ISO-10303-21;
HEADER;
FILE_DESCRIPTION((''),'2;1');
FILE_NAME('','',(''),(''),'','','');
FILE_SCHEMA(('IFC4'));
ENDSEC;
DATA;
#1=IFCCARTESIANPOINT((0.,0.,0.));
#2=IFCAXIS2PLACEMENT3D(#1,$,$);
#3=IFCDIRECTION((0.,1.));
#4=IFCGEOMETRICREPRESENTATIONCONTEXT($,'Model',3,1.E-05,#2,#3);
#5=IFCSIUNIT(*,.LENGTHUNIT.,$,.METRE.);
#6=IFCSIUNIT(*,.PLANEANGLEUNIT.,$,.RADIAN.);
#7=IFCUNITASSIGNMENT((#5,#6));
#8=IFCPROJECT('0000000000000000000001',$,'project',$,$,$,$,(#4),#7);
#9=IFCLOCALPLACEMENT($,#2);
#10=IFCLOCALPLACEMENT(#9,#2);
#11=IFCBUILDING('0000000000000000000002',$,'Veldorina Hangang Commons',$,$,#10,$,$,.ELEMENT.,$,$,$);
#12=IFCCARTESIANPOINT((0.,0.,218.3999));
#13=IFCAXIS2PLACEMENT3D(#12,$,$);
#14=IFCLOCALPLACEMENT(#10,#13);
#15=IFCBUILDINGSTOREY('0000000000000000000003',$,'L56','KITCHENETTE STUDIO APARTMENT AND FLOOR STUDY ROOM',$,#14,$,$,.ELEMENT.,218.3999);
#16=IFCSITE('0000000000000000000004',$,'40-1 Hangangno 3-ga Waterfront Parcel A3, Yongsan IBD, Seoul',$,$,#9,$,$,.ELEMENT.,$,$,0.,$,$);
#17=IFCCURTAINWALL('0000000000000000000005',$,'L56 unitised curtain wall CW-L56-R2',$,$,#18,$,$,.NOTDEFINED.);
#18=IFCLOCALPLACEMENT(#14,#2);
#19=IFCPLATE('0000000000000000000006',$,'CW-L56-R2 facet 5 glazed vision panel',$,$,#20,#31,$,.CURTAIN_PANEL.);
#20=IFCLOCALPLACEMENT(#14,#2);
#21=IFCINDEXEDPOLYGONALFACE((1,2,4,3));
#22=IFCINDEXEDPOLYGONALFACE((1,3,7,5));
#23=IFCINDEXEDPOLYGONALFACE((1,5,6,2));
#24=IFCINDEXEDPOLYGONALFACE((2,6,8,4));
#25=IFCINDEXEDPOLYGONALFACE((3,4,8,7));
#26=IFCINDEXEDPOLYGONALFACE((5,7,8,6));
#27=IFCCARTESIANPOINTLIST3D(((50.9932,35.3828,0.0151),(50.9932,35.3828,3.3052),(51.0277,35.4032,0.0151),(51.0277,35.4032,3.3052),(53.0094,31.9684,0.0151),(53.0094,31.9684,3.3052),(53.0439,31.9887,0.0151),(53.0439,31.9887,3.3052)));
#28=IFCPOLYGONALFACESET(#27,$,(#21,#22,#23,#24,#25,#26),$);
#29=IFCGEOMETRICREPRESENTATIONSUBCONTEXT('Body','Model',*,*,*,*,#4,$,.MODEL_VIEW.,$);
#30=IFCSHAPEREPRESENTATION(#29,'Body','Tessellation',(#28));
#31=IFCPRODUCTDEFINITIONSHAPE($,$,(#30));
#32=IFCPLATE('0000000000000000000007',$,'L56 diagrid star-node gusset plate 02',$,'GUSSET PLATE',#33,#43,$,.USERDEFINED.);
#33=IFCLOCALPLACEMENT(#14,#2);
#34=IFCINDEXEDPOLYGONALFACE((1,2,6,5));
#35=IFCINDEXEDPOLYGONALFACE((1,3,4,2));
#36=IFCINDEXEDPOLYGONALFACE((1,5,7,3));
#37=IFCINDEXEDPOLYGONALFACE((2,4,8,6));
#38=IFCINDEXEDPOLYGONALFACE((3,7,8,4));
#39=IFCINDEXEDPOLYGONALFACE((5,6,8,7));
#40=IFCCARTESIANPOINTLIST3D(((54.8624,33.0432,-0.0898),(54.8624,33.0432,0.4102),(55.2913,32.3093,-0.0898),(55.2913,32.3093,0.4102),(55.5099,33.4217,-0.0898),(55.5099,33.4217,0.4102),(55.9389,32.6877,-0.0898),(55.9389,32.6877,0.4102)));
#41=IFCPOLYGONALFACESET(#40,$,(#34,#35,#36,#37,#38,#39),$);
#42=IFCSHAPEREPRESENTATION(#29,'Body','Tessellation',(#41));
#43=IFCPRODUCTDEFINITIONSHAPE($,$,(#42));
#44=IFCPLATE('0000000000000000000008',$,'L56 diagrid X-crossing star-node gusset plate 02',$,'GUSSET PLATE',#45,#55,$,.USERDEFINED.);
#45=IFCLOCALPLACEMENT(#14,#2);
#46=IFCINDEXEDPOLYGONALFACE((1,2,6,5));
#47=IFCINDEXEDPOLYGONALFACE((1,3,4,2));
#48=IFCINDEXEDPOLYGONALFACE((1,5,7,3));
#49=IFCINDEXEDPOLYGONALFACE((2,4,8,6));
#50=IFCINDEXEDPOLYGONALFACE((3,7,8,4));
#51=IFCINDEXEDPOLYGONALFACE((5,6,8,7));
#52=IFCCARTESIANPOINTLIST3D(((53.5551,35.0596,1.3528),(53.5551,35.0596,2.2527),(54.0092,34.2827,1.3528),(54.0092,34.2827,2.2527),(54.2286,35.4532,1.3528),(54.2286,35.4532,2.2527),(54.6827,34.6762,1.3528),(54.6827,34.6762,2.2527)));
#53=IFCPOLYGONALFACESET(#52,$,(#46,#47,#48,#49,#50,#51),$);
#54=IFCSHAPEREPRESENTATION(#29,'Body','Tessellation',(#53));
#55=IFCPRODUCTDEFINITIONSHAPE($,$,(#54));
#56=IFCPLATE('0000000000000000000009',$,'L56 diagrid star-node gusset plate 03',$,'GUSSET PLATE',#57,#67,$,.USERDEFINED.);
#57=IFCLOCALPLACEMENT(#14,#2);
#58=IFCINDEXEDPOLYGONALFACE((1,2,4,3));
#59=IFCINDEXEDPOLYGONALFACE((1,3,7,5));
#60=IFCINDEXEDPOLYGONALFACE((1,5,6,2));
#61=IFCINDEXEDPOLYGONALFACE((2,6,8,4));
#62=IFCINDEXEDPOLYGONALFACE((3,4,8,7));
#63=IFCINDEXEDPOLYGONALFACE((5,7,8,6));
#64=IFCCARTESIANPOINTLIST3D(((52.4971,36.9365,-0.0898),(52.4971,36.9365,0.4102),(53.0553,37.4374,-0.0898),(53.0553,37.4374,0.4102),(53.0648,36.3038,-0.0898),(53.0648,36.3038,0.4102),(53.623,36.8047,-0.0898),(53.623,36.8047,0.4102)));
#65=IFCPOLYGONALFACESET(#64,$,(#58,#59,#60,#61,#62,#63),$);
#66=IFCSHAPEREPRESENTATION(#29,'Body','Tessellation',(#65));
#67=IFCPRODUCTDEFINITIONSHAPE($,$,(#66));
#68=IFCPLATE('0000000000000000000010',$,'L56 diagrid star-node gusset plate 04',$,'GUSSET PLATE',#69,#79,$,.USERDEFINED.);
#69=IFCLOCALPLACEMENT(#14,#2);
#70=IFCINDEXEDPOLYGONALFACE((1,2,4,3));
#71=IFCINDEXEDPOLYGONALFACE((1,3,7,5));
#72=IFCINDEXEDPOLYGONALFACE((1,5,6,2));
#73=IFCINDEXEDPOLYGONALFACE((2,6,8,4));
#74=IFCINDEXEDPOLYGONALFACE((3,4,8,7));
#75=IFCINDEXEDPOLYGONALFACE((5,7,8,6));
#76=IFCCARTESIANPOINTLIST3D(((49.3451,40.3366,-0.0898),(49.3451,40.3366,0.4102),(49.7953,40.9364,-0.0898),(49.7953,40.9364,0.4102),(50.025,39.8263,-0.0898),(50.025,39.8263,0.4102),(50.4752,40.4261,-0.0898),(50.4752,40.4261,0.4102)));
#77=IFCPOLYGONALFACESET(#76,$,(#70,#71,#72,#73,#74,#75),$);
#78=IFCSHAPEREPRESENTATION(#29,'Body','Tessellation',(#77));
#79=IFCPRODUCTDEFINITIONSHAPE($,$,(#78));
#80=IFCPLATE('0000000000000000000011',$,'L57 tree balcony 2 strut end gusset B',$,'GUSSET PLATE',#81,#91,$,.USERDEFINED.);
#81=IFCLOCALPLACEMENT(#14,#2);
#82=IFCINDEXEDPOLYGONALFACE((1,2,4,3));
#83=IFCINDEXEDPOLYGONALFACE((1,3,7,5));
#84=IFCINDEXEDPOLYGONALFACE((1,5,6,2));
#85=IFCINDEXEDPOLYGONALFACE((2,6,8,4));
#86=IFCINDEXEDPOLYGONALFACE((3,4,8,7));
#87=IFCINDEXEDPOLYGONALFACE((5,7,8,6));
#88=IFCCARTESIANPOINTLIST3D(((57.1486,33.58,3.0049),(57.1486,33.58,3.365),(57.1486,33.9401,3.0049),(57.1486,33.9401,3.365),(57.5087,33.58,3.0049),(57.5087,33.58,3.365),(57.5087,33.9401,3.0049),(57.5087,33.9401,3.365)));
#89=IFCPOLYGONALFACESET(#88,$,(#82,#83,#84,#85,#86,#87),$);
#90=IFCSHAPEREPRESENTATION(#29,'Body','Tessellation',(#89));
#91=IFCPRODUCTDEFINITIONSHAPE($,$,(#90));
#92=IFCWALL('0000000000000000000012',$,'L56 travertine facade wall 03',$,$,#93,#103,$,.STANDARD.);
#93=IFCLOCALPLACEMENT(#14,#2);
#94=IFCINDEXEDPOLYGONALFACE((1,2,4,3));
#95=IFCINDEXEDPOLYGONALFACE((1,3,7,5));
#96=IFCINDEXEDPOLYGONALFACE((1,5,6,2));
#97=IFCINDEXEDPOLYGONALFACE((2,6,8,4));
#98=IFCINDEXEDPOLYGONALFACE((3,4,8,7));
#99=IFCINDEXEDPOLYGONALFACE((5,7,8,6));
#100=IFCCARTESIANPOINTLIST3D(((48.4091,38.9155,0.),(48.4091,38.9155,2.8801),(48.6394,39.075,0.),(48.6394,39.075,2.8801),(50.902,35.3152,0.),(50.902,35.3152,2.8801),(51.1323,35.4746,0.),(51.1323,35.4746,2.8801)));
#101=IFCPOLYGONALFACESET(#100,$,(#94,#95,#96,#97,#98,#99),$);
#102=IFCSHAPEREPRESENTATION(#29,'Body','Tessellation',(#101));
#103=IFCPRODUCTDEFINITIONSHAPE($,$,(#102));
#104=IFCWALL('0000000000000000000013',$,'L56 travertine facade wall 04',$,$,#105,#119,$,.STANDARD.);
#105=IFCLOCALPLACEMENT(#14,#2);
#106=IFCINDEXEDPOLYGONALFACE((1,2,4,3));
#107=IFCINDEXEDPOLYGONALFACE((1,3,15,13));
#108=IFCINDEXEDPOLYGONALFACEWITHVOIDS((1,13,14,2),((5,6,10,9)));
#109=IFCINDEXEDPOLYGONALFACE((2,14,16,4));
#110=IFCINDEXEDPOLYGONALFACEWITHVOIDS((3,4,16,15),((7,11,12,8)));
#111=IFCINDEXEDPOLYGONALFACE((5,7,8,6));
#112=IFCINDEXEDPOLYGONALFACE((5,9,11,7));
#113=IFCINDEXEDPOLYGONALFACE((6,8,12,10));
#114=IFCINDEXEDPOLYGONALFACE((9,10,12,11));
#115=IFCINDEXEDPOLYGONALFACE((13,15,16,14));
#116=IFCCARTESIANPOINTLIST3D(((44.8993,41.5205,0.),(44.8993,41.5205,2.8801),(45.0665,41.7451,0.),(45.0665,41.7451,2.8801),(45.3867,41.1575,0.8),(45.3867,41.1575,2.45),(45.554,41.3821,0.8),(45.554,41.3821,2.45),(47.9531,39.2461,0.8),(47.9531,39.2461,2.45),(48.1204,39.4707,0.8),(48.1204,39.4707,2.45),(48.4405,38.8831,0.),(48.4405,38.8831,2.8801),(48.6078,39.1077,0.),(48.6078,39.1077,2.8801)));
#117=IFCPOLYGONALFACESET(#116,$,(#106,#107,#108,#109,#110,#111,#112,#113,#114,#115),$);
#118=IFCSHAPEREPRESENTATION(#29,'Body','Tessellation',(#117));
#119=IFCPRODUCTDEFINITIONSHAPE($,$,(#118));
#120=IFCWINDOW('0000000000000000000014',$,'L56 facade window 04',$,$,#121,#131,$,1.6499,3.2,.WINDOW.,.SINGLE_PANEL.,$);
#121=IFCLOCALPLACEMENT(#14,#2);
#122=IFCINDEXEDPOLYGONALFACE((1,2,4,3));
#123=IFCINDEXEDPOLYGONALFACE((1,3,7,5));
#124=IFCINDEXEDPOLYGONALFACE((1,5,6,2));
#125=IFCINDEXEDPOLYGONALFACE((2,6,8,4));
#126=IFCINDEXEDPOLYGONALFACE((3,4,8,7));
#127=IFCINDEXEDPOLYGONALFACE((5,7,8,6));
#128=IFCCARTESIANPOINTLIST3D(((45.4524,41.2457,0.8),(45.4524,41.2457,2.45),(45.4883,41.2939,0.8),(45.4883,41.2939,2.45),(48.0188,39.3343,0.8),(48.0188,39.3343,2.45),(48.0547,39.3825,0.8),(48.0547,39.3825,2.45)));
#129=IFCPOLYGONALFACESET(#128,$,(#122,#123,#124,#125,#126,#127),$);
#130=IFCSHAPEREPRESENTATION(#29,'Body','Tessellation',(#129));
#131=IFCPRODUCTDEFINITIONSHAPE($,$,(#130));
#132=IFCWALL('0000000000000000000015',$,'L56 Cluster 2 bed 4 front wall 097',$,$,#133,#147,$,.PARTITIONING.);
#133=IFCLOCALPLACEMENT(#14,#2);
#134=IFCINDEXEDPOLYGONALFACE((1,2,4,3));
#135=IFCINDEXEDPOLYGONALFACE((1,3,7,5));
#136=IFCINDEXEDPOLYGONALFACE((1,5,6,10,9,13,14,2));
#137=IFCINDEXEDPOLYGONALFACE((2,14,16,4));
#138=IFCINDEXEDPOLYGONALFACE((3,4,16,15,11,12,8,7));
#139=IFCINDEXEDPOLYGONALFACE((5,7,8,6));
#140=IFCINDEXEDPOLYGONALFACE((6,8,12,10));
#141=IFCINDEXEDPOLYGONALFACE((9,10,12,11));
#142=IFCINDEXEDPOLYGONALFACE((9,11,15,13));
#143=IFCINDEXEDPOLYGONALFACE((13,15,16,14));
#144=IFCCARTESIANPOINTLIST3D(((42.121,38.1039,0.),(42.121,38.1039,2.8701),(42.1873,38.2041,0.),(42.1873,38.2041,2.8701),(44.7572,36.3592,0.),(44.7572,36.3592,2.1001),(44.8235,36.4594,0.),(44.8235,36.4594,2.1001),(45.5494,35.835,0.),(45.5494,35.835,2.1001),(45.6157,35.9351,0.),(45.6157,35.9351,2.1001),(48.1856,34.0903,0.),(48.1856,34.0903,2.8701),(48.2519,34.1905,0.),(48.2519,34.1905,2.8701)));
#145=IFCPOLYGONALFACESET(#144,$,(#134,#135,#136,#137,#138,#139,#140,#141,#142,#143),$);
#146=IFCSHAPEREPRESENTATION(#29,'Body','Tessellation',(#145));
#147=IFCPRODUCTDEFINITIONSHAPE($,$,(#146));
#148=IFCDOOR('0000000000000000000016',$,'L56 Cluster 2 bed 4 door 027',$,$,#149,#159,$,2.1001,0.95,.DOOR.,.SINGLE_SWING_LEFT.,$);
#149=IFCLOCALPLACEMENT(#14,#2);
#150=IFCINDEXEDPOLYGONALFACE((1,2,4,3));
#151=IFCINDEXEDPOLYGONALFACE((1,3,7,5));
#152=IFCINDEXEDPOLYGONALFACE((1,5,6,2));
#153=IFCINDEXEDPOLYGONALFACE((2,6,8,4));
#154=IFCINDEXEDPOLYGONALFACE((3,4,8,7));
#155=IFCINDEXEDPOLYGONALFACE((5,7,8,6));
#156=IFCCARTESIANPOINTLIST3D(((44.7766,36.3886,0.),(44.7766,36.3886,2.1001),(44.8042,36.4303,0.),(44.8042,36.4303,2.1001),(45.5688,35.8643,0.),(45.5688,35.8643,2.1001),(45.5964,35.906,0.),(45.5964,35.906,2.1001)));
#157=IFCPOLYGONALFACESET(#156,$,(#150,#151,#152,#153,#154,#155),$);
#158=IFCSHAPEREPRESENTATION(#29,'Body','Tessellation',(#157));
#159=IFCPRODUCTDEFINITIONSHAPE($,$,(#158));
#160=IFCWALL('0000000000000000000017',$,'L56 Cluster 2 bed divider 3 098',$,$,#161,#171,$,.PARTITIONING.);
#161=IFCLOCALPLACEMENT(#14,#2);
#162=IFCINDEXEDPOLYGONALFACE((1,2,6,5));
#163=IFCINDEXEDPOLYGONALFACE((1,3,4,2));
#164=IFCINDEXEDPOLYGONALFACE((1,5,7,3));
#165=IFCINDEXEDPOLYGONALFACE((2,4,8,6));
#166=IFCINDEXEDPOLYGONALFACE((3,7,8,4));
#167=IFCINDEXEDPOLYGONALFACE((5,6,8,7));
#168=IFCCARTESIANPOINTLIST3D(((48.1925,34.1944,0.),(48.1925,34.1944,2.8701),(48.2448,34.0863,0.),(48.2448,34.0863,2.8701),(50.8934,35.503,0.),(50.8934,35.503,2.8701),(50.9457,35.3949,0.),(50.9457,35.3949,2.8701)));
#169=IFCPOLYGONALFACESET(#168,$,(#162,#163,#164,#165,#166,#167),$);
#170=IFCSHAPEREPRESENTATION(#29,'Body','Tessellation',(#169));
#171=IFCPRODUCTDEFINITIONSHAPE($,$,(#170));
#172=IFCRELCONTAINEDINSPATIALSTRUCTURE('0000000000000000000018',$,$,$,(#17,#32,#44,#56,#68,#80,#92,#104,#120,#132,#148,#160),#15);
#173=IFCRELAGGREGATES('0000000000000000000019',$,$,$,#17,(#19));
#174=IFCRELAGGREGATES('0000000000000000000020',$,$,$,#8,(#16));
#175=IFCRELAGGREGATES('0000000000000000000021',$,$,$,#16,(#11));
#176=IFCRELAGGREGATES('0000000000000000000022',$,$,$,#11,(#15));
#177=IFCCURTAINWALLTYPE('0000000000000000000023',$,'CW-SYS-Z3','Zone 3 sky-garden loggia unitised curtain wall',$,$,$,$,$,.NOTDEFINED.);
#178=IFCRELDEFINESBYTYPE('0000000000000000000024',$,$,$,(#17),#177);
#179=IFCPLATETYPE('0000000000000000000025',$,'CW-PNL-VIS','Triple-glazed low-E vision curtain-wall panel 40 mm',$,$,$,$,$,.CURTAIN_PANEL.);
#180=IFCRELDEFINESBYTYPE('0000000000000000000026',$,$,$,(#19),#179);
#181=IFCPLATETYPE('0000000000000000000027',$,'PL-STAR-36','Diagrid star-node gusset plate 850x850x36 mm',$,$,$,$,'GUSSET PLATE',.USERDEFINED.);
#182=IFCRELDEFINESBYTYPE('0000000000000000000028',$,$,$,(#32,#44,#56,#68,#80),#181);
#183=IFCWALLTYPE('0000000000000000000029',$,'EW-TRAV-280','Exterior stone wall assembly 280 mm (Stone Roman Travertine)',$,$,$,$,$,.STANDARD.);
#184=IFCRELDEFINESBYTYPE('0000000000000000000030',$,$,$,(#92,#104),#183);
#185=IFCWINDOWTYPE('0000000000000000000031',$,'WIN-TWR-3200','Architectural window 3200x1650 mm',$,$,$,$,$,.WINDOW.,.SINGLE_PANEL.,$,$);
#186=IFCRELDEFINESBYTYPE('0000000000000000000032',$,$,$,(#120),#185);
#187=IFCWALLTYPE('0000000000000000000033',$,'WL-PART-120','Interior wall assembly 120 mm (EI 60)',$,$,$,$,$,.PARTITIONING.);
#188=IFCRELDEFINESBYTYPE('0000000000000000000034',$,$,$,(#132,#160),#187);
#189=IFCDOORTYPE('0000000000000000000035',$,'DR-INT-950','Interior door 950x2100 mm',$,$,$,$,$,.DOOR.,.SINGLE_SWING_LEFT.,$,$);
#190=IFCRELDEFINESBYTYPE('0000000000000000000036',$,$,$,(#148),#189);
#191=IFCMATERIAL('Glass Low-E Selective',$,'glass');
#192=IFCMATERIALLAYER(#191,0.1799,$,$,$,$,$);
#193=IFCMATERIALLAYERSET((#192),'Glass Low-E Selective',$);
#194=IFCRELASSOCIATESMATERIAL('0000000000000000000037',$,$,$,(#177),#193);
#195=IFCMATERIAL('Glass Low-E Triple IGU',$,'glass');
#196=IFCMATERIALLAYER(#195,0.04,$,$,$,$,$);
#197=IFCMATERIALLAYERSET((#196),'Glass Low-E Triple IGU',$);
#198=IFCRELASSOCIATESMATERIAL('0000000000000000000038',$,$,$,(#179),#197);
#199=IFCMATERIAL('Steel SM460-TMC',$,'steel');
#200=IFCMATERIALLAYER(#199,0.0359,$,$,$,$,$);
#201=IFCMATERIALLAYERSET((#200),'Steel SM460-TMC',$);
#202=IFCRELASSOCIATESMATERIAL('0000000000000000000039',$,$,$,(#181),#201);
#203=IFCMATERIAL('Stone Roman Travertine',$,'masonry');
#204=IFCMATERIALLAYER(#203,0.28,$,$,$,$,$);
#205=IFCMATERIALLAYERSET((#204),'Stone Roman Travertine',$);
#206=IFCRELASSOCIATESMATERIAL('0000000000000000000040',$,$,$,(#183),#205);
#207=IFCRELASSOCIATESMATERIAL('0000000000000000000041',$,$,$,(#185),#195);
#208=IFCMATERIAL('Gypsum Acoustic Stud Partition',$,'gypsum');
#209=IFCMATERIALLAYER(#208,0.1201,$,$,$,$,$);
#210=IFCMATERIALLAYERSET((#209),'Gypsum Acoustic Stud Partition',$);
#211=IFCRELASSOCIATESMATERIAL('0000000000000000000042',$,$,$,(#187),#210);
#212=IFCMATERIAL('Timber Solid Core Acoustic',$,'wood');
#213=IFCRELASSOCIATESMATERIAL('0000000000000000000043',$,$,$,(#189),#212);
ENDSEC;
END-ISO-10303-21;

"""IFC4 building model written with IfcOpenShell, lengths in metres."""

from ifc_helpers import new_model, si_unit, direction, frame, frame_2d, origin, origin_2d, place, context, subcontext, project, spatial, rectangle, extrude, material, layer, layer_set, type_object, element, fill, aggregate, save


model = new_model("IFC4")

# Units and contexts
model_context = context("Model", 3, precision=1e-05, world=origin(), true_north=direction((0.0, 1.0)))
body_context = subcontext(model_context, "Body", "Model", "MODEL_VIEW")
ifc_project = project(units=[si_unit("LENGTHUNIT", "METRE"), si_unit("PLANEANGLEUNIT", "RADIAN")], contexts=[model_context])

# Site, building, storey
site_placement = place(None, origin())
site = spatial("IfcSite", under=ifc_project, at=site_placement, Name="40-1 Hangangno 3-ga Waterfront Parcel A3, Yongsan IBD, Seoul", CompositionType="ELEMENT", RefElevation=0.0)
building_placement = place(site_placement, origin())
building = spatial("IfcBuilding", under=site, at=building_placement, Name="Veldorina Hangang Commons", CompositionType="ELEMENT")
storey_placement = place(building_placement, frame((0.0, 0.0, 218.3999)))
storey = spatial("IfcBuildingStorey", under=building, at=storey_placement, Name="L56", Description="KITCHENETTE STUDIO APARTMENT AND FLOOR STUDY ROOM", CompositionType="ELEMENT", Elevation=218.3999)

# Curtain wall
ifc_material_1 = material(Name="Glass Low-E Selective", Category="glass")
ifc_layer_1 = layer(ifc_material_1, 0.1799)
ifc_layer_set_1 = layer_set([ifc_layer_1], Name="Glass Low-E Selective")
curtain_wall_type = type_object("IfcCurtainWallType", Name="CW-SYS-Z3", Description="Zone 3 sky-garden loggia unitised curtain wall", PredefinedType="NOTDEFINED", material=ifc_layer_set_1)
curtain_wall_placement = place(storey_placement, origin())
curtain_wall = element("IfcCurtainWall", 1, at=curtain_wall_placement, inside=storey, type_object=curtain_wall_type, Name="L56 unitised curtain wall CW-L56-R2", PredefinedType="NOTDEFINED")

# Plate
ifc_material_2 = material(Name="Glass Low-E Triple IGU", Category="glass")
ifc_layer_2 = layer(ifc_material_2, 0.04)
ifc_layer_set_2 = layer_set([ifc_layer_2], Name="Glass Low-E Triple IGU")
plate_type_1 = type_object("IfcPlateType", Name="CW-PNL-VIS", Description="Triple-glazed low-E vision curtain-wall panel 40 mm", PredefinedType="CURTAIN_PANEL", material=ifc_layer_set_2)
plate_1_placement = place(storey_placement, frame((52.0186, 33.6858, 0.0151), z_axis=(0.0, 0.0, 1.0), x_axis=(-0.50847, 0.861079, 0.0)))
plate_1 = element("IfcPlate", 2, at=plate_1_placement, type_object=plate_type_1, Name="CW-L56-R2 facet 5 glazed vision panel", PredefinedType="CURTAIN_PANEL", context=body_context, shape_type="SweptSolid", body=[
    extrude(rectangle(XDim=3.9653, YDim=0.04, at=origin_2d()), origin(), (0.0, 0.0, 1.0), 3.29),
])
aggregate(curtain_wall, [plate_1])

# Plates
ifc_material_3 = material(Name="Steel SM460-TMC", Category="steel")
ifc_layer_3 = layer(ifc_material_3, 0.0359)
ifc_layer_set_3 = layer_set([ifc_layer_3], Name="Steel SM460-TMC")
plate_type_2 = type_object("IfcPlateType", Name="PL-STAR-36", Description="Diagrid star-node gusset plate 850x850x36 mm", ElementType="GUSSET PLATE", PredefinedType="USERDEFINED", material=ifc_layer_set_3)
plate_2_placement = place(storey_placement, frame((55.4006, 32.8655, -0.0898), z_axis=(0.0, 0.0, 1.0), x_axis=(-0.504573, 0.863369, 0.0)))
element("IfcPlate", 3, at=plate_2_placement, inside=storey, type_object=plate_type_2, Name="L56 diagrid star-node gusset plate 02", ObjectType="GUSSET PLATE", PredefinedType="USERDEFINED", context=body_context, shape_type="SweptSolid", body=[
    extrude(rectangle(XDim=0.8501, YDim=0.75, at=origin_2d()), origin(), (0.0, 0.0, 1.0), 0.5),
])
plate_3_placement = place(storey_placement, frame((54.1189, 34.8679, 1.3528), z_axis=(0.0, 0.0, 1.0), x_axis=(-0.504573, 0.863369, 0.0)))
element("IfcPlate", 4, at=plate_3_placement, inside=storey, type_object=plate_type_2, Name="L56 diagrid X-crossing star-node gusset plate 02", ObjectType="GUSSET PLATE", PredefinedType="USERDEFINED", context=body_context, shape_type="SweptSolid", body=[
    extrude(rectangle(XDim=0.8999, YDim=0.78, at=origin_2d()), origin(), (0.0, 0.0, 1.0), 0.8999),
])
for number, where, z_axis, x_axis, name in (
    (5, (53.0601, 36.8706, -0.0898), (0.0, 0.0, 1.0), (-0.667833, 0.744312, 0.0), "L56 diagrid star-node gusset plate 03"),
    (6, (49.9102, 40.3813, -0.0898), (0.0, 0.0, 1.0), (-0.799758, 0.600323, 0.0), "L56 diagrid star-node gusset plate 04"),
):
    element("IfcPlate", number, at=place(storey_placement, frame(where, z_axis=z_axis, x_axis=x_axis)), inside=storey, type_object=plate_type_2, Name=name, ObjectType="GUSSET PLATE", PredefinedType="USERDEFINED", context=body_context, shape_type="SweptSolid", body=[
        extrude(rectangle(XDim=0.8501, YDim=0.75, at=origin_2d()), origin(), (0.0, 0.0, 1.0), 0.5),
    ])
plate_4_placement = place(storey_placement, frame((57.3286, 33.76, 3.0049), z_axis=(0.0, 0.0, 1.0), x_axis=(1.0, 0.0, 0.0)))
element("IfcPlate", 7, at=plate_4_placement, inside=storey, type_object=plate_type_2, Name="L57 tree balcony 2 strut end gusset B", ObjectType="GUSSET PLATE", PredefinedType="USERDEFINED", context=body_context, shape_type="SweptSolid", body=[
    extrude(rectangle(XDim=0.3601, YDim=0.3601, at=origin_2d()), origin(), (0.0, 0.0, 1.0), 0.3601),
])

# Wall
ifc_material_4 = material(Name="Stone Roman Travertine", Category="masonry")
ifc_layer_4 = layer(ifc_material_4, 0.28)
ifc_layer_set_4 = layer_set([ifc_layer_4], Name="Stone Roman Travertine")
wall_type_1 = type_object("IfcWallType", Name="EW-TRAV-280", Description="Exterior stone wall assembly 280 mm (Stone Roman Travertine)", PredefinedType="STANDARD", material=ifc_layer_set_4)
wall_1_placement = place(storey_placement, frame((51.0171, 35.395, 0.0), z_axis=(0.0, 0.0, 1.0), x_axis=(-0.569268, 0.822152, 0.0)))
element("IfcWall", 8, at=wall_1_placement, inside=storey, type_object=wall_type_1, Name="L56 travertine facade wall 03", PredefinedType="STANDARD", context=body_context, shape_type="SweptSolid", body=[
    extrude(rectangle(XDim=4.3792, YDim=0.28, at=frame_2d((2.1895, 0.0))), origin(), (0.0, 0.0, 1.0), 2.8801),
])

# Wall, opening, window
wall_2_placement = place(storey_placement, frame((48.5242, 38.9954, 0.0), z_axis=(0.0, 0.0, 1.0), x_axis=(-0.802006, 0.597316, 0.0)))
wall_2 = element("IfcWall", 9, at=wall_2_placement, inside=storey, type_object=wall_type_1, Name="L56 travertine facade wall 04", PredefinedType="STANDARD", context=body_context, shape_type="SweptSolid", body=[
    extrude(rectangle(XDim=4.4155, YDim=0.28, at=frame_2d((2.2078, 0.0))), origin(), (0.0, 0.0, 1.0), 2.8801),
])
opening_1_placement = place(wall_2_placement, frame((0.6077, 0.0, 0.8)))
opening_1 = element("IfcOpeningElement", 10, at=opening_1_placement, cuts=wall_2, PredefinedType="OPENING", context=body_context, shape_type="SweptSolid", body=[
    extrude(rectangle(XDim=3.2, YDim=1.6499, at=frame_2d((1.6001, 0.825))), frame((0.0, 0.1499, 0.0), z_axis=(0.0, -1.0, 0.0), x_axis=(1.0, 0.0, 0.0)), (0.0, 0.0, 1.0), 0.3),
])
window_type = type_object("IfcWindowType", Name="WIN-TWR-3200", Description="Architectural window 3200x1650 mm", PartitioningType="SINGLE_PANEL", PredefinedType="WINDOW", material=ifc_material_2)
window_placement = place(opening_1_placement, origin())
window = element("IfcWindow", 11, at=window_placement, inside=storey, type_object=window_type, Name="L56 facade window 04", OverallHeight=1.6499, OverallWidth=3.2, PartitioningType="SINGLE_PANEL", PredefinedType="WINDOW", context=body_context, shape_type="SweptSolid", body=[
    extrude(rectangle(XDim=3.2, YDim=1.6499, at=frame_2d((1.6001, 0.825))), frame((0.0, 0.03, 0.0), z_axis=(0.0, -1.0, 0.0), x_axis=(1.0, 0.0, 0.0)), (0.0, 0.0, 1.0), 0.0601),
])
fill(opening_1, window)

# Wall, opening, door
ifc_material_5 = material(Name="Gypsum Acoustic Stud Partition", Category="gypsum")
ifc_layer_5 = layer(ifc_material_5, 0.1201)
ifc_layer_set_5 = layer_set([ifc_layer_5], Name="Gypsum Acoustic Stud Partition")
wall_type_2 = type_object("IfcWallType", Name="WL-PART-120", Description="Interior wall assembly 120 mm (EI 60)", PredefinedType="PARTITIONING", material=ifc_layer_set_5)
wall_3_placement = place(storey_placement, frame((48.2188, 34.1404, 0.0), z_axis=(0.0, 0.0, 1.0), x_axis=(-0.833915, 0.551893, 0.0)))
wall_3 = element("IfcWall", 12, at=wall_3_placement, inside=storey, type_object=wall_type_2, Name="L56 Cluster 2 bed 4 front wall 097", PredefinedType="PARTITIONING", context=body_context, shape_type="SweptSolid", body=[
    extrude(rectangle(XDim=7.2725, YDim=0.1201, at=frame_2d((3.6362, 0.0))), origin(), (0.0, 0.0, 1.0), 2.8701),
])
opening_2_placement = place(wall_3_placement, frame((3.1611, 0.0, 0.0)))
opening_2 = element("IfcOpeningElement", 13, at=opening_2_placement, cuts=wall_3, PredefinedType="OPENING", context=body_context, shape_type="SweptSolid", body=[
    extrude(rectangle(XDim=0.95, YDim=2.1001, at=frame_2d((0.4751, 1.05))), frame((0.0, 0.0701, 0.0), z_axis=(0.0, -1.0, 0.0), x_axis=(1.0, 0.0, 0.0)), (0.0, 0.0, 1.0), 0.1401),
])
ifc_material_6 = material(Name="Timber Solid Core Acoustic", Category="wood")
door_type = type_object("IfcDoorType", Name="DR-INT-950", Description="Interior door 950x2100 mm", OperationType="SINGLE_SWING_LEFT", PredefinedType="DOOR", material=ifc_material_6)
door_placement = place(opening_2_placement, origin())
door = element("IfcDoor", 14, at=door_placement, inside=storey, type_object=door_type, Name="L56 Cluster 2 bed 4 door 027", OperationType="SINGLE_SWING_LEFT", OverallHeight=2.1001, OverallWidth=0.95, PredefinedType="DOOR", context=body_context, shape_type="SweptSolid", body=[
    extrude(rectangle(XDim=0.95, YDim=2.1001, at=frame_2d((0.4751, 1.05))), frame((0.0, 0.0249, 0.0), z_axis=(0.0, -1.0, 0.0), x_axis=(1.0, 0.0, 0.0)), (0.0, 0.0, 1.0), 0.05),
])
fill(opening_2, door)

# Wall
wall_4_placement = place(storey_placement, frame((48.2188, 34.1404, 0.0), z_axis=(0.0, 0.0, 1.0), x_axis=(0.899938, 0.436018, 0.0)))
element("IfcWall", 15, at=wall_4_placement, inside=storey, type_object=wall_type_2, Name="L56 Cluster 2 bed divider 3 098", PredefinedType="PARTITIONING", context=body_context, shape_type="SweptSolid", body=[
    extrude(rectangle(XDim=3.0012, YDim=0.1201, at=frame_2d((1.5005, 0.0))), origin(), (0.0, 0.0, 1.0), 2.8701),
])

save(model, "model.ifc")
